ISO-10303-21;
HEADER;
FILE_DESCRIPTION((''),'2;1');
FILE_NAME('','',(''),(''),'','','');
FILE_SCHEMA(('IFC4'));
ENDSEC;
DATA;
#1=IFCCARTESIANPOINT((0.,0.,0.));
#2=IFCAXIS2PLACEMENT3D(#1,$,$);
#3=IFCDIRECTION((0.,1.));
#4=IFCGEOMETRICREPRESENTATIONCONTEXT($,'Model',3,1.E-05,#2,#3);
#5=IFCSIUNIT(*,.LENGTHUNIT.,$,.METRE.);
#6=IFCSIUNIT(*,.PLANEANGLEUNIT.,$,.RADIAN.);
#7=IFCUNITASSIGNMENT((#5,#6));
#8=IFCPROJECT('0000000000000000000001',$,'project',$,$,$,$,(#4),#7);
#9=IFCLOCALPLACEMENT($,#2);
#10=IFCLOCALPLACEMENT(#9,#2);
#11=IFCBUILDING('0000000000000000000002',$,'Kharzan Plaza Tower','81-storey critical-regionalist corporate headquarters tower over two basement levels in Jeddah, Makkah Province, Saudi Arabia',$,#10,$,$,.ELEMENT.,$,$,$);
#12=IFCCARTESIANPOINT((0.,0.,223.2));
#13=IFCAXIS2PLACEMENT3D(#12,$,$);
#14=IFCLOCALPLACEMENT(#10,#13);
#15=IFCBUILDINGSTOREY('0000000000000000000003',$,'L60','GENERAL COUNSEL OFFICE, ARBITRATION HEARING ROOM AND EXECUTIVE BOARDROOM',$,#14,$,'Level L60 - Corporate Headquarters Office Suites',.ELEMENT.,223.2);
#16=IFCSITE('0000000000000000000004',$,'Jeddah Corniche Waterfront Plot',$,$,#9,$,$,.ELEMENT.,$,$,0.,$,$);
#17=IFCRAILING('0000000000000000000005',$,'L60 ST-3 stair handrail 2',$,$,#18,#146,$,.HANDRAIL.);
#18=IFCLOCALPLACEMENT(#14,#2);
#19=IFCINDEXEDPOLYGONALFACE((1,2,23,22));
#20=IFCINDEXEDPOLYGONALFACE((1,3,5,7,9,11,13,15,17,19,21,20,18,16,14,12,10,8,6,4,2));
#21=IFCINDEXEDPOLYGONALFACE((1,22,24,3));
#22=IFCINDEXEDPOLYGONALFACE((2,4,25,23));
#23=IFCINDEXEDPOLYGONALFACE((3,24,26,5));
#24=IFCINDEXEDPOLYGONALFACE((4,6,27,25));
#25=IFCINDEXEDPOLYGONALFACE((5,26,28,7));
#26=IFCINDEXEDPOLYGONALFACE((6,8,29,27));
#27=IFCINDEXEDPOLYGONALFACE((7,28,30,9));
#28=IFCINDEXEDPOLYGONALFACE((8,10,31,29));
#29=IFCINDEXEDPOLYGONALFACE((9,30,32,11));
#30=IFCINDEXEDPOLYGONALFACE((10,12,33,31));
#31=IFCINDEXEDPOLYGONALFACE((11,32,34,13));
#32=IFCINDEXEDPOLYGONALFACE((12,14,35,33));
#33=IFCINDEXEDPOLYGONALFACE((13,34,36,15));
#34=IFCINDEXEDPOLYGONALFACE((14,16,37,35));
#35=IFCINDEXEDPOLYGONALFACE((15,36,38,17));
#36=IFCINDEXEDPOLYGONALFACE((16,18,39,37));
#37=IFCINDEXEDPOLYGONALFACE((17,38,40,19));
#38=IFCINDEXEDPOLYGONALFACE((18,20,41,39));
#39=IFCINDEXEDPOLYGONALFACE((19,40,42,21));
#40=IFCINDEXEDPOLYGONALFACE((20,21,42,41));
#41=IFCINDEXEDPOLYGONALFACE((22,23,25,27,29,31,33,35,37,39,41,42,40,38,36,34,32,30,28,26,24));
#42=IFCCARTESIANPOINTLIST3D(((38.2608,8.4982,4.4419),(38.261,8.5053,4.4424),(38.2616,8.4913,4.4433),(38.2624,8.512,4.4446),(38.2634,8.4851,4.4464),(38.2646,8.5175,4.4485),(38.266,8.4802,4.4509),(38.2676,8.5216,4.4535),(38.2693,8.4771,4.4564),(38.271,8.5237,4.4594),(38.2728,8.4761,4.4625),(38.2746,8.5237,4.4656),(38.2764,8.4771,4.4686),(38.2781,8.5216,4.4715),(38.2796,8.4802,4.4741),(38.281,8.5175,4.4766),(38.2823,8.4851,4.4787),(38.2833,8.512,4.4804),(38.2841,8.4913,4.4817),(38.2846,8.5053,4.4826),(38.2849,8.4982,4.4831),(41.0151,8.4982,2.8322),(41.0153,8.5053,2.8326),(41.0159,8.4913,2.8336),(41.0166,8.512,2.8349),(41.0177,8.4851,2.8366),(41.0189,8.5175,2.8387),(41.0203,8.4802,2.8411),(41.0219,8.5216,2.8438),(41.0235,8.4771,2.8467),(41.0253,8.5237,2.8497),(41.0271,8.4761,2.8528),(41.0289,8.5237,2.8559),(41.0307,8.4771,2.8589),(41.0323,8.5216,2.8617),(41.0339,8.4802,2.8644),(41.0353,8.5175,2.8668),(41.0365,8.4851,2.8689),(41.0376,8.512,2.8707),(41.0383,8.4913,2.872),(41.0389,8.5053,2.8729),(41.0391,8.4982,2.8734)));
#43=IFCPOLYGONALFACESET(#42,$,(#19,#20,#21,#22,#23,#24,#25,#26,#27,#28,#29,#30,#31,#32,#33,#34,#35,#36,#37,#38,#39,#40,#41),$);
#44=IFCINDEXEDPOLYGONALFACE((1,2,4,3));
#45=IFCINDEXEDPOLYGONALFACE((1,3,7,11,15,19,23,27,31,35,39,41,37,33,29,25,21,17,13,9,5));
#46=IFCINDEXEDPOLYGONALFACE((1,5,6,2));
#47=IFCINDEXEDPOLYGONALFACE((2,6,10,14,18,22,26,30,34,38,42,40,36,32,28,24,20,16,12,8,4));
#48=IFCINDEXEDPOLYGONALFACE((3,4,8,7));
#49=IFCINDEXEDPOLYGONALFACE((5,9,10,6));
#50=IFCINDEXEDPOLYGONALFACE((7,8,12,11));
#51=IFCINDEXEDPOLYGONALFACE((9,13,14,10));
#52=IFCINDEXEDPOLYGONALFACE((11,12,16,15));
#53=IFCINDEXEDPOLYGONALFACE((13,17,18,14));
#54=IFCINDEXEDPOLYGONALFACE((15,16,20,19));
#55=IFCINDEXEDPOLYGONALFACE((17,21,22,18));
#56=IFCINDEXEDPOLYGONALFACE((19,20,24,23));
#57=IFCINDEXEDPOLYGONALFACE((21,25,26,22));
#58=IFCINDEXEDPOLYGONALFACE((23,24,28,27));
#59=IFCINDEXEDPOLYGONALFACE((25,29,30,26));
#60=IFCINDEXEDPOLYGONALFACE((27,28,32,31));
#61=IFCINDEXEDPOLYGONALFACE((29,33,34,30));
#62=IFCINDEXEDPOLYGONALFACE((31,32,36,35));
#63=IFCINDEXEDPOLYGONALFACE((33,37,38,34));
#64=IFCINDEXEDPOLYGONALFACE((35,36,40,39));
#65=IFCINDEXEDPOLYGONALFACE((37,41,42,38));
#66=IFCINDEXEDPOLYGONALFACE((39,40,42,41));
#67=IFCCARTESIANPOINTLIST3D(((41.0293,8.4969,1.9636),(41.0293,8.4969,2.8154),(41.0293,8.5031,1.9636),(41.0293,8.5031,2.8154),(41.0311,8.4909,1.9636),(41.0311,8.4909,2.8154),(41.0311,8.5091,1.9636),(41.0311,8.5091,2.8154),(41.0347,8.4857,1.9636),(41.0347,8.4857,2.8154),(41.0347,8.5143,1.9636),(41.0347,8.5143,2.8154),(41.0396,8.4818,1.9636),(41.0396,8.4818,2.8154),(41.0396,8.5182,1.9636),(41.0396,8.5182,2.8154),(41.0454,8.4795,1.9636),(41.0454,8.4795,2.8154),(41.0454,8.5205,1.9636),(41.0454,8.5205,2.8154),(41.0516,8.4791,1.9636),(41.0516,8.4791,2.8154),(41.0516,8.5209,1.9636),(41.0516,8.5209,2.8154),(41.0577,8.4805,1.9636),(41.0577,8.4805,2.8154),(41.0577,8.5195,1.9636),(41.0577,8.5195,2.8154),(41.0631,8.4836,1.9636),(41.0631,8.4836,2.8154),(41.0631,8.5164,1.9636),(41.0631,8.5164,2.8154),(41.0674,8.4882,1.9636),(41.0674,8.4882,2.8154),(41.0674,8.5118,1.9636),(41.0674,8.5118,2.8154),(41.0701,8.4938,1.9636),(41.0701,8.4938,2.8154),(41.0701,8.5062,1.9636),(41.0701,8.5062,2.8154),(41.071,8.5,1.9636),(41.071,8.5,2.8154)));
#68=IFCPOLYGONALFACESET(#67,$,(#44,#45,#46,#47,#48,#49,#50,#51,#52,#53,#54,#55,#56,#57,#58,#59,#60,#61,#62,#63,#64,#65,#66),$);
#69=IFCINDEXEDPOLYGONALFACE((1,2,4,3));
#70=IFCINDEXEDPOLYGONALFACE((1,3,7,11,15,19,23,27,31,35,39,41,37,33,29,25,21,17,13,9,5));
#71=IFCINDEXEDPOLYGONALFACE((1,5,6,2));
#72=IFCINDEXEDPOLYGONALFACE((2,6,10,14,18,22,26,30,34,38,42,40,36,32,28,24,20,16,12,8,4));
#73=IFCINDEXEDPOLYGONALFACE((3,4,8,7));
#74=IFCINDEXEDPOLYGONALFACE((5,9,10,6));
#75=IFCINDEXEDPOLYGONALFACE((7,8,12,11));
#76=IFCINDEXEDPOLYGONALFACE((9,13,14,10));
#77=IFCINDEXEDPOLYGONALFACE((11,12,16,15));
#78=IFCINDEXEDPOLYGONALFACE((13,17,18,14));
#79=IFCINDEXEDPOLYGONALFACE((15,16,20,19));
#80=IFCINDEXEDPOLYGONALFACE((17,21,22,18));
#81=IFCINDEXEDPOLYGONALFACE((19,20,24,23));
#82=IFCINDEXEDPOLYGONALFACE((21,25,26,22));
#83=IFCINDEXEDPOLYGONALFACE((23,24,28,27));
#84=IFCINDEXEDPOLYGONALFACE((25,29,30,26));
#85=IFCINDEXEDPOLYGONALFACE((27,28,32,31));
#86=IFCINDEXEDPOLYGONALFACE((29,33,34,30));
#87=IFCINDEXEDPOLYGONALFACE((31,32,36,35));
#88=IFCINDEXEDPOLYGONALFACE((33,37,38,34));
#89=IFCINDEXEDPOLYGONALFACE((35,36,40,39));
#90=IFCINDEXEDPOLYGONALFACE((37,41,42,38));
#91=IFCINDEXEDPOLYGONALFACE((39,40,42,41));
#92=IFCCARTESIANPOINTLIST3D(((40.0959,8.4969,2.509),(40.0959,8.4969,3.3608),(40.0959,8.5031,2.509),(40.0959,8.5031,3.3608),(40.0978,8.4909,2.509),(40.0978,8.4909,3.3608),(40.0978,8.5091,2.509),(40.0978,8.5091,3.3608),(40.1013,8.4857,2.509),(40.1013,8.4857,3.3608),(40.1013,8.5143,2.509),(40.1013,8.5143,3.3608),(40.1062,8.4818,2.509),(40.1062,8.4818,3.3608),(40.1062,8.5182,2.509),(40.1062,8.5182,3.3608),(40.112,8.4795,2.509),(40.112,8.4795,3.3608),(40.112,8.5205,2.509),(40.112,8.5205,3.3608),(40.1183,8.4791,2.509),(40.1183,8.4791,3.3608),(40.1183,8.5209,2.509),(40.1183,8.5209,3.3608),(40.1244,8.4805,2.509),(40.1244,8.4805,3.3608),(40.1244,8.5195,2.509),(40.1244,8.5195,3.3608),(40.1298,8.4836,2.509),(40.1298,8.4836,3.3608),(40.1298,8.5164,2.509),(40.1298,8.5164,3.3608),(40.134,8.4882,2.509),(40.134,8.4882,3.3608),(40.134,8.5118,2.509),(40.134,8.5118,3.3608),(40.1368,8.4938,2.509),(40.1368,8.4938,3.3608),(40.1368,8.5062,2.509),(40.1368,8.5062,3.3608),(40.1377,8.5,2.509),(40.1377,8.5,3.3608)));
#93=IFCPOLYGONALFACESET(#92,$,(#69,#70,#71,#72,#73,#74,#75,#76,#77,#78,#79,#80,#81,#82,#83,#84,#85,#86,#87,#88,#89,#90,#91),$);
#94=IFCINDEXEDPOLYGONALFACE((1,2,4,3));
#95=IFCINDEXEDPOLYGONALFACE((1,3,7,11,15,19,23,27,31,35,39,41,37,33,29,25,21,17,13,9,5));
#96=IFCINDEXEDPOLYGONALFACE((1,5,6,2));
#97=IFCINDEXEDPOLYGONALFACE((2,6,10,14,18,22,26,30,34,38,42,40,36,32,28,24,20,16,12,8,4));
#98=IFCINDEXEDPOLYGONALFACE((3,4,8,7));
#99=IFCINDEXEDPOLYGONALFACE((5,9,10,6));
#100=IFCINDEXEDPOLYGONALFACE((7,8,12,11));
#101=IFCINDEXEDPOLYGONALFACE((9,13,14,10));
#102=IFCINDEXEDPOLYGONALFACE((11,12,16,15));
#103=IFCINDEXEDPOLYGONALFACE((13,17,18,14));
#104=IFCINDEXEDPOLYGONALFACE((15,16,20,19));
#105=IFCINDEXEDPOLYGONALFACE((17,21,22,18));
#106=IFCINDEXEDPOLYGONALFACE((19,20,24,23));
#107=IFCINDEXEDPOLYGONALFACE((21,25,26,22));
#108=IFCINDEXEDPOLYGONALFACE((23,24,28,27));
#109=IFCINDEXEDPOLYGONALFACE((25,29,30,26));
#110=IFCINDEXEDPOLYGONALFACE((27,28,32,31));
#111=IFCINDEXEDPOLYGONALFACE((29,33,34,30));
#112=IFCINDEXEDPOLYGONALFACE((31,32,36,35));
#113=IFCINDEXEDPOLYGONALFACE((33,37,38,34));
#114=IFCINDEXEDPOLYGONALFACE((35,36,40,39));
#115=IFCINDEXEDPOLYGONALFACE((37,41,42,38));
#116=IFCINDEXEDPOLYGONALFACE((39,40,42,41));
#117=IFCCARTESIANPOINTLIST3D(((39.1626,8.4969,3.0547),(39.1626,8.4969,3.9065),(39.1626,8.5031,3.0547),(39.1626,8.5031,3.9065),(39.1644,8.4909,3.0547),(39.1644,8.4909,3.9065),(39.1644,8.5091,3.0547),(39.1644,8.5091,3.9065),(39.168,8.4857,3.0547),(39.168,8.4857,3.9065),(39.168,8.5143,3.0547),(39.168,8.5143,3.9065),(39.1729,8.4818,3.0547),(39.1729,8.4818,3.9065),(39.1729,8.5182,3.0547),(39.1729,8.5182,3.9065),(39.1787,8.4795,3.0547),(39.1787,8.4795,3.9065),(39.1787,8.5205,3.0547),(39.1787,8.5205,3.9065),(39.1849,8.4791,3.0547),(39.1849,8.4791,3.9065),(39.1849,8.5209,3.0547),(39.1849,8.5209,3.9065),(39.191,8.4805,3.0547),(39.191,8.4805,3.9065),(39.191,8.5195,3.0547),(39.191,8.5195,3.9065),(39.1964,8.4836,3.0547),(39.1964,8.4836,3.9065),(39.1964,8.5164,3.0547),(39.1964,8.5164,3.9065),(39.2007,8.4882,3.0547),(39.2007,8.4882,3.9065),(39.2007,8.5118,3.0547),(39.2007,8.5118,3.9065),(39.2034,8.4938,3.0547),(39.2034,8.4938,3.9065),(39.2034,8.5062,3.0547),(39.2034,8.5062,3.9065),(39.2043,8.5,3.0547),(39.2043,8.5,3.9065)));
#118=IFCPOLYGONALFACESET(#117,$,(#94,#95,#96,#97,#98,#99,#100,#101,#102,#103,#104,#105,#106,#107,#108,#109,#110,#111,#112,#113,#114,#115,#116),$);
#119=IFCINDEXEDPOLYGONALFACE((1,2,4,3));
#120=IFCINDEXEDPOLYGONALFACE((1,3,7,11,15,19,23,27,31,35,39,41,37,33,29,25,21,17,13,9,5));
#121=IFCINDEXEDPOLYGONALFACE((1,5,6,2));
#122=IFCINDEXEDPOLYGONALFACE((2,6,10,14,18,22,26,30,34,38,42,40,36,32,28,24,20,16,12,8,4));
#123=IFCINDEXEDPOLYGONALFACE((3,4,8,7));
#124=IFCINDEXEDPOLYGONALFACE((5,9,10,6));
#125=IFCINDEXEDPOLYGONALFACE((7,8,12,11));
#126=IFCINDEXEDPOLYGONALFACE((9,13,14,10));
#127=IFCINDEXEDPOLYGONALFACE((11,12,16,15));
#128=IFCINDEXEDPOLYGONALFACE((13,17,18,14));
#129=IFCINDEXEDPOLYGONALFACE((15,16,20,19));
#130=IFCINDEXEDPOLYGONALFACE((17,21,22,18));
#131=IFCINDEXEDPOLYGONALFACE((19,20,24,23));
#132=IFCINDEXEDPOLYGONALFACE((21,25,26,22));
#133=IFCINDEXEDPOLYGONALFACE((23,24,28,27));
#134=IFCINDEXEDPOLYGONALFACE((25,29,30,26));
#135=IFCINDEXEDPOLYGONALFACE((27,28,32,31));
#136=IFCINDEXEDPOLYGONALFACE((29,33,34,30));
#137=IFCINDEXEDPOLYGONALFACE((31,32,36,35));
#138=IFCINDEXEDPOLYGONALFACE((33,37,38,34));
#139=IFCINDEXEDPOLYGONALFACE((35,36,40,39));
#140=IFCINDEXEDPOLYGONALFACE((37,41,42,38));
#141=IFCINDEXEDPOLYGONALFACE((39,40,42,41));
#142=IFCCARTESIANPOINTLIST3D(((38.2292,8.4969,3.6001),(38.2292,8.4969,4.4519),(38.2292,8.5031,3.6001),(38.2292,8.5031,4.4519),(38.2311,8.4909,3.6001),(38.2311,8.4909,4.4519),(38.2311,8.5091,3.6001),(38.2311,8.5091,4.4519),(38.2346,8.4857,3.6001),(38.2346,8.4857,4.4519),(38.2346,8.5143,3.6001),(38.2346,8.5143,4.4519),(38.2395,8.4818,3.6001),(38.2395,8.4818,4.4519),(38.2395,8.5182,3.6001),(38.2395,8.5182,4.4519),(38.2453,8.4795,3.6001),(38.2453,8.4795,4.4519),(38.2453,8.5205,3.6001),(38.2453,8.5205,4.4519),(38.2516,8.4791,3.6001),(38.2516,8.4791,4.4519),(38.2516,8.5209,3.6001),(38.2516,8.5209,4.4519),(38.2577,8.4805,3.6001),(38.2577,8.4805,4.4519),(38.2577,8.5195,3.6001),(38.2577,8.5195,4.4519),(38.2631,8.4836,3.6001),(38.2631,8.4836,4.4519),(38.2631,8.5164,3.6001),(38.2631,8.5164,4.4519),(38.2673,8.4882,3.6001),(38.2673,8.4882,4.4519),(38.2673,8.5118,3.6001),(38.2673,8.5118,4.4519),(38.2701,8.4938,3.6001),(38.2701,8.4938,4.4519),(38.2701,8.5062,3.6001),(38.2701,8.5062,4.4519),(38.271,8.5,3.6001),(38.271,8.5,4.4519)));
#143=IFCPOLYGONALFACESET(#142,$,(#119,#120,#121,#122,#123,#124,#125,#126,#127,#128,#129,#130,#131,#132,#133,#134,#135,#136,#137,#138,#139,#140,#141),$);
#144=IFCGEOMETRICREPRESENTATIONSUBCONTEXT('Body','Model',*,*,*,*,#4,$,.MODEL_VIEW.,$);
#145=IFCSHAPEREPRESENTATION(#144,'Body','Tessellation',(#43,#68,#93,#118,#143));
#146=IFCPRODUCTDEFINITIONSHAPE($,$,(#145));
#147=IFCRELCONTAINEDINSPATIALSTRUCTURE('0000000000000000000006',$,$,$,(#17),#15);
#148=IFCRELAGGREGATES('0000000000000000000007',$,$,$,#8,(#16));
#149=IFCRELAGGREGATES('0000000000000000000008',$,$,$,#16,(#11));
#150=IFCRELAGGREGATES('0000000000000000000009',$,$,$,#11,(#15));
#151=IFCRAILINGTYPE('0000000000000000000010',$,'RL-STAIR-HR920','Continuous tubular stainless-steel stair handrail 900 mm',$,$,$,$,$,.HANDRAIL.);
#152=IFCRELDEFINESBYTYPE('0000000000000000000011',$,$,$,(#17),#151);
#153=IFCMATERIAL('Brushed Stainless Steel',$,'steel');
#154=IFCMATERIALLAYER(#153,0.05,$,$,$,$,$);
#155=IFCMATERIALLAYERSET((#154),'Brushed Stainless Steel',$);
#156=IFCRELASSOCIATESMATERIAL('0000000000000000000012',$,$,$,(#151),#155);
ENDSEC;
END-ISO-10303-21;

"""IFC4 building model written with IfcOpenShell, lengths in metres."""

from ifc_helpers import new_model, si_unit, direction, frame, origin, origin_2d, place, context, subcontext, project, spatial, circle, extrude, source, transform, mapped, material, layer, layer_set, type_object, element, save


model = new_model("IFC4")

# Units and contexts
model_context = context("Model", 3, precision=1e-05, world=origin(), true_north=direction((0.0, 1.0)))
body_context = subcontext(model_context, "Body", "Model", "MODEL_VIEW")
ifc_project = project(units=[si_unit("LENGTHUNIT", "METRE"), si_unit("PLANEANGLEUNIT", "RADIAN")], contexts=[model_context])

# Site, building, storey
site_placement = place(None, origin())
site = spatial("IfcSite", under=ifc_project, at=site_placement, Name="Jeddah Corniche Waterfront Plot", CompositionType="ELEMENT", RefElevation=0.0)
building_placement = place(site_placement, origin())
building = spatial("IfcBuilding", under=site, at=building_placement, Name="Kharzan Plaza Tower", Description="81-storey critical-regionalist corporate headquarters tower over two basement levels in Jeddah, Makkah Province, Saudi Arabia", CompositionType="ELEMENT")
storey_placement = place(building_placement, frame((0.0, 0.0, 223.2)))
storey = spatial("IfcBuildingStorey", under=building, at=storey_placement, Name="L60", Description="GENERAL COUNSEL OFFICE, ARBITRATION HEARING ROOM AND EXECUTIVE BOARDROOM", LongName="Level L60 - Corporate Headquarters Office Suites", CompositionType="ELEMENT", Elevation=223.2)

# Shared definitions
ifc_material_1 = material(Name="Brushed Stainless Steel", Category="steel")

# Railing
ifc_layer_1 = layer(ifc_material_1, 0.05)
ifc_layer_set_1 = layer_set([ifc_layer_1], Name="Brushed Stainless Steel")
railing_type_1 = type_object("IfcRailingType", Name="RL-STAIR-HR920", Description="Continuous tubular stainless-steel stair handrail 900 mm", PredefinedType="HANDRAIL", material=ifc_layer_set_1)
shared_shape_1 = source(origin(), body_context, "Body", "SweptSolid", [
    extrude(circle(Radius=0.0239, at=origin_2d()), frame((-0.0229, 0.0, 0.8892), z_axis=(-0.863361, 0.0, 0.504587), x_axis=(0.0, -1.0, 0.0)), (0.0, 0.0, 1.0), 3.1902),
    extrude(circle(Radius=0.021, at=origin_2d()), origin(), (0.0, 0.0, 1.0), 0.8518),
    extrude(circle(Radius=0.021, at=origin_2d()), frame((-0.9333, 0.0, 0.5454)), (0.0, 0.0, 1.0), 0.8518),
    extrude(circle(Radius=0.021, at=origin_2d()), frame((-1.8667, 0.0, 1.0911)), (0.0, 0.0, 1.0), 0.8518),
    extrude(circle(Radius=0.021, at=origin_2d()), frame((-2.8, 0.0, 1.6365)), (0.0, 0.0, 1.0), 0.8518),
])
railing_1_placement = place(storey_placement, frame((41.05, 8.5, 1.9636)))
element("IfcRailing", 1, at=railing_1_placement, inside=storey, type_object=railing_type_1, Name="L60 ST-3 stair handrail 2", PredefinedType="HANDRAIL", context=body_context, shape_type="MappedRepresentation", body=[
    mapped(shared_shape_1, transform((0.0, 0.0, 0.0), x_axis=(1.0, 0.0, 0.0), y_axis=(0.0, 1.0, 0.0), z_axis=(0.0, 0.0, 1.0))),
])

save(model, "model.ifc")
